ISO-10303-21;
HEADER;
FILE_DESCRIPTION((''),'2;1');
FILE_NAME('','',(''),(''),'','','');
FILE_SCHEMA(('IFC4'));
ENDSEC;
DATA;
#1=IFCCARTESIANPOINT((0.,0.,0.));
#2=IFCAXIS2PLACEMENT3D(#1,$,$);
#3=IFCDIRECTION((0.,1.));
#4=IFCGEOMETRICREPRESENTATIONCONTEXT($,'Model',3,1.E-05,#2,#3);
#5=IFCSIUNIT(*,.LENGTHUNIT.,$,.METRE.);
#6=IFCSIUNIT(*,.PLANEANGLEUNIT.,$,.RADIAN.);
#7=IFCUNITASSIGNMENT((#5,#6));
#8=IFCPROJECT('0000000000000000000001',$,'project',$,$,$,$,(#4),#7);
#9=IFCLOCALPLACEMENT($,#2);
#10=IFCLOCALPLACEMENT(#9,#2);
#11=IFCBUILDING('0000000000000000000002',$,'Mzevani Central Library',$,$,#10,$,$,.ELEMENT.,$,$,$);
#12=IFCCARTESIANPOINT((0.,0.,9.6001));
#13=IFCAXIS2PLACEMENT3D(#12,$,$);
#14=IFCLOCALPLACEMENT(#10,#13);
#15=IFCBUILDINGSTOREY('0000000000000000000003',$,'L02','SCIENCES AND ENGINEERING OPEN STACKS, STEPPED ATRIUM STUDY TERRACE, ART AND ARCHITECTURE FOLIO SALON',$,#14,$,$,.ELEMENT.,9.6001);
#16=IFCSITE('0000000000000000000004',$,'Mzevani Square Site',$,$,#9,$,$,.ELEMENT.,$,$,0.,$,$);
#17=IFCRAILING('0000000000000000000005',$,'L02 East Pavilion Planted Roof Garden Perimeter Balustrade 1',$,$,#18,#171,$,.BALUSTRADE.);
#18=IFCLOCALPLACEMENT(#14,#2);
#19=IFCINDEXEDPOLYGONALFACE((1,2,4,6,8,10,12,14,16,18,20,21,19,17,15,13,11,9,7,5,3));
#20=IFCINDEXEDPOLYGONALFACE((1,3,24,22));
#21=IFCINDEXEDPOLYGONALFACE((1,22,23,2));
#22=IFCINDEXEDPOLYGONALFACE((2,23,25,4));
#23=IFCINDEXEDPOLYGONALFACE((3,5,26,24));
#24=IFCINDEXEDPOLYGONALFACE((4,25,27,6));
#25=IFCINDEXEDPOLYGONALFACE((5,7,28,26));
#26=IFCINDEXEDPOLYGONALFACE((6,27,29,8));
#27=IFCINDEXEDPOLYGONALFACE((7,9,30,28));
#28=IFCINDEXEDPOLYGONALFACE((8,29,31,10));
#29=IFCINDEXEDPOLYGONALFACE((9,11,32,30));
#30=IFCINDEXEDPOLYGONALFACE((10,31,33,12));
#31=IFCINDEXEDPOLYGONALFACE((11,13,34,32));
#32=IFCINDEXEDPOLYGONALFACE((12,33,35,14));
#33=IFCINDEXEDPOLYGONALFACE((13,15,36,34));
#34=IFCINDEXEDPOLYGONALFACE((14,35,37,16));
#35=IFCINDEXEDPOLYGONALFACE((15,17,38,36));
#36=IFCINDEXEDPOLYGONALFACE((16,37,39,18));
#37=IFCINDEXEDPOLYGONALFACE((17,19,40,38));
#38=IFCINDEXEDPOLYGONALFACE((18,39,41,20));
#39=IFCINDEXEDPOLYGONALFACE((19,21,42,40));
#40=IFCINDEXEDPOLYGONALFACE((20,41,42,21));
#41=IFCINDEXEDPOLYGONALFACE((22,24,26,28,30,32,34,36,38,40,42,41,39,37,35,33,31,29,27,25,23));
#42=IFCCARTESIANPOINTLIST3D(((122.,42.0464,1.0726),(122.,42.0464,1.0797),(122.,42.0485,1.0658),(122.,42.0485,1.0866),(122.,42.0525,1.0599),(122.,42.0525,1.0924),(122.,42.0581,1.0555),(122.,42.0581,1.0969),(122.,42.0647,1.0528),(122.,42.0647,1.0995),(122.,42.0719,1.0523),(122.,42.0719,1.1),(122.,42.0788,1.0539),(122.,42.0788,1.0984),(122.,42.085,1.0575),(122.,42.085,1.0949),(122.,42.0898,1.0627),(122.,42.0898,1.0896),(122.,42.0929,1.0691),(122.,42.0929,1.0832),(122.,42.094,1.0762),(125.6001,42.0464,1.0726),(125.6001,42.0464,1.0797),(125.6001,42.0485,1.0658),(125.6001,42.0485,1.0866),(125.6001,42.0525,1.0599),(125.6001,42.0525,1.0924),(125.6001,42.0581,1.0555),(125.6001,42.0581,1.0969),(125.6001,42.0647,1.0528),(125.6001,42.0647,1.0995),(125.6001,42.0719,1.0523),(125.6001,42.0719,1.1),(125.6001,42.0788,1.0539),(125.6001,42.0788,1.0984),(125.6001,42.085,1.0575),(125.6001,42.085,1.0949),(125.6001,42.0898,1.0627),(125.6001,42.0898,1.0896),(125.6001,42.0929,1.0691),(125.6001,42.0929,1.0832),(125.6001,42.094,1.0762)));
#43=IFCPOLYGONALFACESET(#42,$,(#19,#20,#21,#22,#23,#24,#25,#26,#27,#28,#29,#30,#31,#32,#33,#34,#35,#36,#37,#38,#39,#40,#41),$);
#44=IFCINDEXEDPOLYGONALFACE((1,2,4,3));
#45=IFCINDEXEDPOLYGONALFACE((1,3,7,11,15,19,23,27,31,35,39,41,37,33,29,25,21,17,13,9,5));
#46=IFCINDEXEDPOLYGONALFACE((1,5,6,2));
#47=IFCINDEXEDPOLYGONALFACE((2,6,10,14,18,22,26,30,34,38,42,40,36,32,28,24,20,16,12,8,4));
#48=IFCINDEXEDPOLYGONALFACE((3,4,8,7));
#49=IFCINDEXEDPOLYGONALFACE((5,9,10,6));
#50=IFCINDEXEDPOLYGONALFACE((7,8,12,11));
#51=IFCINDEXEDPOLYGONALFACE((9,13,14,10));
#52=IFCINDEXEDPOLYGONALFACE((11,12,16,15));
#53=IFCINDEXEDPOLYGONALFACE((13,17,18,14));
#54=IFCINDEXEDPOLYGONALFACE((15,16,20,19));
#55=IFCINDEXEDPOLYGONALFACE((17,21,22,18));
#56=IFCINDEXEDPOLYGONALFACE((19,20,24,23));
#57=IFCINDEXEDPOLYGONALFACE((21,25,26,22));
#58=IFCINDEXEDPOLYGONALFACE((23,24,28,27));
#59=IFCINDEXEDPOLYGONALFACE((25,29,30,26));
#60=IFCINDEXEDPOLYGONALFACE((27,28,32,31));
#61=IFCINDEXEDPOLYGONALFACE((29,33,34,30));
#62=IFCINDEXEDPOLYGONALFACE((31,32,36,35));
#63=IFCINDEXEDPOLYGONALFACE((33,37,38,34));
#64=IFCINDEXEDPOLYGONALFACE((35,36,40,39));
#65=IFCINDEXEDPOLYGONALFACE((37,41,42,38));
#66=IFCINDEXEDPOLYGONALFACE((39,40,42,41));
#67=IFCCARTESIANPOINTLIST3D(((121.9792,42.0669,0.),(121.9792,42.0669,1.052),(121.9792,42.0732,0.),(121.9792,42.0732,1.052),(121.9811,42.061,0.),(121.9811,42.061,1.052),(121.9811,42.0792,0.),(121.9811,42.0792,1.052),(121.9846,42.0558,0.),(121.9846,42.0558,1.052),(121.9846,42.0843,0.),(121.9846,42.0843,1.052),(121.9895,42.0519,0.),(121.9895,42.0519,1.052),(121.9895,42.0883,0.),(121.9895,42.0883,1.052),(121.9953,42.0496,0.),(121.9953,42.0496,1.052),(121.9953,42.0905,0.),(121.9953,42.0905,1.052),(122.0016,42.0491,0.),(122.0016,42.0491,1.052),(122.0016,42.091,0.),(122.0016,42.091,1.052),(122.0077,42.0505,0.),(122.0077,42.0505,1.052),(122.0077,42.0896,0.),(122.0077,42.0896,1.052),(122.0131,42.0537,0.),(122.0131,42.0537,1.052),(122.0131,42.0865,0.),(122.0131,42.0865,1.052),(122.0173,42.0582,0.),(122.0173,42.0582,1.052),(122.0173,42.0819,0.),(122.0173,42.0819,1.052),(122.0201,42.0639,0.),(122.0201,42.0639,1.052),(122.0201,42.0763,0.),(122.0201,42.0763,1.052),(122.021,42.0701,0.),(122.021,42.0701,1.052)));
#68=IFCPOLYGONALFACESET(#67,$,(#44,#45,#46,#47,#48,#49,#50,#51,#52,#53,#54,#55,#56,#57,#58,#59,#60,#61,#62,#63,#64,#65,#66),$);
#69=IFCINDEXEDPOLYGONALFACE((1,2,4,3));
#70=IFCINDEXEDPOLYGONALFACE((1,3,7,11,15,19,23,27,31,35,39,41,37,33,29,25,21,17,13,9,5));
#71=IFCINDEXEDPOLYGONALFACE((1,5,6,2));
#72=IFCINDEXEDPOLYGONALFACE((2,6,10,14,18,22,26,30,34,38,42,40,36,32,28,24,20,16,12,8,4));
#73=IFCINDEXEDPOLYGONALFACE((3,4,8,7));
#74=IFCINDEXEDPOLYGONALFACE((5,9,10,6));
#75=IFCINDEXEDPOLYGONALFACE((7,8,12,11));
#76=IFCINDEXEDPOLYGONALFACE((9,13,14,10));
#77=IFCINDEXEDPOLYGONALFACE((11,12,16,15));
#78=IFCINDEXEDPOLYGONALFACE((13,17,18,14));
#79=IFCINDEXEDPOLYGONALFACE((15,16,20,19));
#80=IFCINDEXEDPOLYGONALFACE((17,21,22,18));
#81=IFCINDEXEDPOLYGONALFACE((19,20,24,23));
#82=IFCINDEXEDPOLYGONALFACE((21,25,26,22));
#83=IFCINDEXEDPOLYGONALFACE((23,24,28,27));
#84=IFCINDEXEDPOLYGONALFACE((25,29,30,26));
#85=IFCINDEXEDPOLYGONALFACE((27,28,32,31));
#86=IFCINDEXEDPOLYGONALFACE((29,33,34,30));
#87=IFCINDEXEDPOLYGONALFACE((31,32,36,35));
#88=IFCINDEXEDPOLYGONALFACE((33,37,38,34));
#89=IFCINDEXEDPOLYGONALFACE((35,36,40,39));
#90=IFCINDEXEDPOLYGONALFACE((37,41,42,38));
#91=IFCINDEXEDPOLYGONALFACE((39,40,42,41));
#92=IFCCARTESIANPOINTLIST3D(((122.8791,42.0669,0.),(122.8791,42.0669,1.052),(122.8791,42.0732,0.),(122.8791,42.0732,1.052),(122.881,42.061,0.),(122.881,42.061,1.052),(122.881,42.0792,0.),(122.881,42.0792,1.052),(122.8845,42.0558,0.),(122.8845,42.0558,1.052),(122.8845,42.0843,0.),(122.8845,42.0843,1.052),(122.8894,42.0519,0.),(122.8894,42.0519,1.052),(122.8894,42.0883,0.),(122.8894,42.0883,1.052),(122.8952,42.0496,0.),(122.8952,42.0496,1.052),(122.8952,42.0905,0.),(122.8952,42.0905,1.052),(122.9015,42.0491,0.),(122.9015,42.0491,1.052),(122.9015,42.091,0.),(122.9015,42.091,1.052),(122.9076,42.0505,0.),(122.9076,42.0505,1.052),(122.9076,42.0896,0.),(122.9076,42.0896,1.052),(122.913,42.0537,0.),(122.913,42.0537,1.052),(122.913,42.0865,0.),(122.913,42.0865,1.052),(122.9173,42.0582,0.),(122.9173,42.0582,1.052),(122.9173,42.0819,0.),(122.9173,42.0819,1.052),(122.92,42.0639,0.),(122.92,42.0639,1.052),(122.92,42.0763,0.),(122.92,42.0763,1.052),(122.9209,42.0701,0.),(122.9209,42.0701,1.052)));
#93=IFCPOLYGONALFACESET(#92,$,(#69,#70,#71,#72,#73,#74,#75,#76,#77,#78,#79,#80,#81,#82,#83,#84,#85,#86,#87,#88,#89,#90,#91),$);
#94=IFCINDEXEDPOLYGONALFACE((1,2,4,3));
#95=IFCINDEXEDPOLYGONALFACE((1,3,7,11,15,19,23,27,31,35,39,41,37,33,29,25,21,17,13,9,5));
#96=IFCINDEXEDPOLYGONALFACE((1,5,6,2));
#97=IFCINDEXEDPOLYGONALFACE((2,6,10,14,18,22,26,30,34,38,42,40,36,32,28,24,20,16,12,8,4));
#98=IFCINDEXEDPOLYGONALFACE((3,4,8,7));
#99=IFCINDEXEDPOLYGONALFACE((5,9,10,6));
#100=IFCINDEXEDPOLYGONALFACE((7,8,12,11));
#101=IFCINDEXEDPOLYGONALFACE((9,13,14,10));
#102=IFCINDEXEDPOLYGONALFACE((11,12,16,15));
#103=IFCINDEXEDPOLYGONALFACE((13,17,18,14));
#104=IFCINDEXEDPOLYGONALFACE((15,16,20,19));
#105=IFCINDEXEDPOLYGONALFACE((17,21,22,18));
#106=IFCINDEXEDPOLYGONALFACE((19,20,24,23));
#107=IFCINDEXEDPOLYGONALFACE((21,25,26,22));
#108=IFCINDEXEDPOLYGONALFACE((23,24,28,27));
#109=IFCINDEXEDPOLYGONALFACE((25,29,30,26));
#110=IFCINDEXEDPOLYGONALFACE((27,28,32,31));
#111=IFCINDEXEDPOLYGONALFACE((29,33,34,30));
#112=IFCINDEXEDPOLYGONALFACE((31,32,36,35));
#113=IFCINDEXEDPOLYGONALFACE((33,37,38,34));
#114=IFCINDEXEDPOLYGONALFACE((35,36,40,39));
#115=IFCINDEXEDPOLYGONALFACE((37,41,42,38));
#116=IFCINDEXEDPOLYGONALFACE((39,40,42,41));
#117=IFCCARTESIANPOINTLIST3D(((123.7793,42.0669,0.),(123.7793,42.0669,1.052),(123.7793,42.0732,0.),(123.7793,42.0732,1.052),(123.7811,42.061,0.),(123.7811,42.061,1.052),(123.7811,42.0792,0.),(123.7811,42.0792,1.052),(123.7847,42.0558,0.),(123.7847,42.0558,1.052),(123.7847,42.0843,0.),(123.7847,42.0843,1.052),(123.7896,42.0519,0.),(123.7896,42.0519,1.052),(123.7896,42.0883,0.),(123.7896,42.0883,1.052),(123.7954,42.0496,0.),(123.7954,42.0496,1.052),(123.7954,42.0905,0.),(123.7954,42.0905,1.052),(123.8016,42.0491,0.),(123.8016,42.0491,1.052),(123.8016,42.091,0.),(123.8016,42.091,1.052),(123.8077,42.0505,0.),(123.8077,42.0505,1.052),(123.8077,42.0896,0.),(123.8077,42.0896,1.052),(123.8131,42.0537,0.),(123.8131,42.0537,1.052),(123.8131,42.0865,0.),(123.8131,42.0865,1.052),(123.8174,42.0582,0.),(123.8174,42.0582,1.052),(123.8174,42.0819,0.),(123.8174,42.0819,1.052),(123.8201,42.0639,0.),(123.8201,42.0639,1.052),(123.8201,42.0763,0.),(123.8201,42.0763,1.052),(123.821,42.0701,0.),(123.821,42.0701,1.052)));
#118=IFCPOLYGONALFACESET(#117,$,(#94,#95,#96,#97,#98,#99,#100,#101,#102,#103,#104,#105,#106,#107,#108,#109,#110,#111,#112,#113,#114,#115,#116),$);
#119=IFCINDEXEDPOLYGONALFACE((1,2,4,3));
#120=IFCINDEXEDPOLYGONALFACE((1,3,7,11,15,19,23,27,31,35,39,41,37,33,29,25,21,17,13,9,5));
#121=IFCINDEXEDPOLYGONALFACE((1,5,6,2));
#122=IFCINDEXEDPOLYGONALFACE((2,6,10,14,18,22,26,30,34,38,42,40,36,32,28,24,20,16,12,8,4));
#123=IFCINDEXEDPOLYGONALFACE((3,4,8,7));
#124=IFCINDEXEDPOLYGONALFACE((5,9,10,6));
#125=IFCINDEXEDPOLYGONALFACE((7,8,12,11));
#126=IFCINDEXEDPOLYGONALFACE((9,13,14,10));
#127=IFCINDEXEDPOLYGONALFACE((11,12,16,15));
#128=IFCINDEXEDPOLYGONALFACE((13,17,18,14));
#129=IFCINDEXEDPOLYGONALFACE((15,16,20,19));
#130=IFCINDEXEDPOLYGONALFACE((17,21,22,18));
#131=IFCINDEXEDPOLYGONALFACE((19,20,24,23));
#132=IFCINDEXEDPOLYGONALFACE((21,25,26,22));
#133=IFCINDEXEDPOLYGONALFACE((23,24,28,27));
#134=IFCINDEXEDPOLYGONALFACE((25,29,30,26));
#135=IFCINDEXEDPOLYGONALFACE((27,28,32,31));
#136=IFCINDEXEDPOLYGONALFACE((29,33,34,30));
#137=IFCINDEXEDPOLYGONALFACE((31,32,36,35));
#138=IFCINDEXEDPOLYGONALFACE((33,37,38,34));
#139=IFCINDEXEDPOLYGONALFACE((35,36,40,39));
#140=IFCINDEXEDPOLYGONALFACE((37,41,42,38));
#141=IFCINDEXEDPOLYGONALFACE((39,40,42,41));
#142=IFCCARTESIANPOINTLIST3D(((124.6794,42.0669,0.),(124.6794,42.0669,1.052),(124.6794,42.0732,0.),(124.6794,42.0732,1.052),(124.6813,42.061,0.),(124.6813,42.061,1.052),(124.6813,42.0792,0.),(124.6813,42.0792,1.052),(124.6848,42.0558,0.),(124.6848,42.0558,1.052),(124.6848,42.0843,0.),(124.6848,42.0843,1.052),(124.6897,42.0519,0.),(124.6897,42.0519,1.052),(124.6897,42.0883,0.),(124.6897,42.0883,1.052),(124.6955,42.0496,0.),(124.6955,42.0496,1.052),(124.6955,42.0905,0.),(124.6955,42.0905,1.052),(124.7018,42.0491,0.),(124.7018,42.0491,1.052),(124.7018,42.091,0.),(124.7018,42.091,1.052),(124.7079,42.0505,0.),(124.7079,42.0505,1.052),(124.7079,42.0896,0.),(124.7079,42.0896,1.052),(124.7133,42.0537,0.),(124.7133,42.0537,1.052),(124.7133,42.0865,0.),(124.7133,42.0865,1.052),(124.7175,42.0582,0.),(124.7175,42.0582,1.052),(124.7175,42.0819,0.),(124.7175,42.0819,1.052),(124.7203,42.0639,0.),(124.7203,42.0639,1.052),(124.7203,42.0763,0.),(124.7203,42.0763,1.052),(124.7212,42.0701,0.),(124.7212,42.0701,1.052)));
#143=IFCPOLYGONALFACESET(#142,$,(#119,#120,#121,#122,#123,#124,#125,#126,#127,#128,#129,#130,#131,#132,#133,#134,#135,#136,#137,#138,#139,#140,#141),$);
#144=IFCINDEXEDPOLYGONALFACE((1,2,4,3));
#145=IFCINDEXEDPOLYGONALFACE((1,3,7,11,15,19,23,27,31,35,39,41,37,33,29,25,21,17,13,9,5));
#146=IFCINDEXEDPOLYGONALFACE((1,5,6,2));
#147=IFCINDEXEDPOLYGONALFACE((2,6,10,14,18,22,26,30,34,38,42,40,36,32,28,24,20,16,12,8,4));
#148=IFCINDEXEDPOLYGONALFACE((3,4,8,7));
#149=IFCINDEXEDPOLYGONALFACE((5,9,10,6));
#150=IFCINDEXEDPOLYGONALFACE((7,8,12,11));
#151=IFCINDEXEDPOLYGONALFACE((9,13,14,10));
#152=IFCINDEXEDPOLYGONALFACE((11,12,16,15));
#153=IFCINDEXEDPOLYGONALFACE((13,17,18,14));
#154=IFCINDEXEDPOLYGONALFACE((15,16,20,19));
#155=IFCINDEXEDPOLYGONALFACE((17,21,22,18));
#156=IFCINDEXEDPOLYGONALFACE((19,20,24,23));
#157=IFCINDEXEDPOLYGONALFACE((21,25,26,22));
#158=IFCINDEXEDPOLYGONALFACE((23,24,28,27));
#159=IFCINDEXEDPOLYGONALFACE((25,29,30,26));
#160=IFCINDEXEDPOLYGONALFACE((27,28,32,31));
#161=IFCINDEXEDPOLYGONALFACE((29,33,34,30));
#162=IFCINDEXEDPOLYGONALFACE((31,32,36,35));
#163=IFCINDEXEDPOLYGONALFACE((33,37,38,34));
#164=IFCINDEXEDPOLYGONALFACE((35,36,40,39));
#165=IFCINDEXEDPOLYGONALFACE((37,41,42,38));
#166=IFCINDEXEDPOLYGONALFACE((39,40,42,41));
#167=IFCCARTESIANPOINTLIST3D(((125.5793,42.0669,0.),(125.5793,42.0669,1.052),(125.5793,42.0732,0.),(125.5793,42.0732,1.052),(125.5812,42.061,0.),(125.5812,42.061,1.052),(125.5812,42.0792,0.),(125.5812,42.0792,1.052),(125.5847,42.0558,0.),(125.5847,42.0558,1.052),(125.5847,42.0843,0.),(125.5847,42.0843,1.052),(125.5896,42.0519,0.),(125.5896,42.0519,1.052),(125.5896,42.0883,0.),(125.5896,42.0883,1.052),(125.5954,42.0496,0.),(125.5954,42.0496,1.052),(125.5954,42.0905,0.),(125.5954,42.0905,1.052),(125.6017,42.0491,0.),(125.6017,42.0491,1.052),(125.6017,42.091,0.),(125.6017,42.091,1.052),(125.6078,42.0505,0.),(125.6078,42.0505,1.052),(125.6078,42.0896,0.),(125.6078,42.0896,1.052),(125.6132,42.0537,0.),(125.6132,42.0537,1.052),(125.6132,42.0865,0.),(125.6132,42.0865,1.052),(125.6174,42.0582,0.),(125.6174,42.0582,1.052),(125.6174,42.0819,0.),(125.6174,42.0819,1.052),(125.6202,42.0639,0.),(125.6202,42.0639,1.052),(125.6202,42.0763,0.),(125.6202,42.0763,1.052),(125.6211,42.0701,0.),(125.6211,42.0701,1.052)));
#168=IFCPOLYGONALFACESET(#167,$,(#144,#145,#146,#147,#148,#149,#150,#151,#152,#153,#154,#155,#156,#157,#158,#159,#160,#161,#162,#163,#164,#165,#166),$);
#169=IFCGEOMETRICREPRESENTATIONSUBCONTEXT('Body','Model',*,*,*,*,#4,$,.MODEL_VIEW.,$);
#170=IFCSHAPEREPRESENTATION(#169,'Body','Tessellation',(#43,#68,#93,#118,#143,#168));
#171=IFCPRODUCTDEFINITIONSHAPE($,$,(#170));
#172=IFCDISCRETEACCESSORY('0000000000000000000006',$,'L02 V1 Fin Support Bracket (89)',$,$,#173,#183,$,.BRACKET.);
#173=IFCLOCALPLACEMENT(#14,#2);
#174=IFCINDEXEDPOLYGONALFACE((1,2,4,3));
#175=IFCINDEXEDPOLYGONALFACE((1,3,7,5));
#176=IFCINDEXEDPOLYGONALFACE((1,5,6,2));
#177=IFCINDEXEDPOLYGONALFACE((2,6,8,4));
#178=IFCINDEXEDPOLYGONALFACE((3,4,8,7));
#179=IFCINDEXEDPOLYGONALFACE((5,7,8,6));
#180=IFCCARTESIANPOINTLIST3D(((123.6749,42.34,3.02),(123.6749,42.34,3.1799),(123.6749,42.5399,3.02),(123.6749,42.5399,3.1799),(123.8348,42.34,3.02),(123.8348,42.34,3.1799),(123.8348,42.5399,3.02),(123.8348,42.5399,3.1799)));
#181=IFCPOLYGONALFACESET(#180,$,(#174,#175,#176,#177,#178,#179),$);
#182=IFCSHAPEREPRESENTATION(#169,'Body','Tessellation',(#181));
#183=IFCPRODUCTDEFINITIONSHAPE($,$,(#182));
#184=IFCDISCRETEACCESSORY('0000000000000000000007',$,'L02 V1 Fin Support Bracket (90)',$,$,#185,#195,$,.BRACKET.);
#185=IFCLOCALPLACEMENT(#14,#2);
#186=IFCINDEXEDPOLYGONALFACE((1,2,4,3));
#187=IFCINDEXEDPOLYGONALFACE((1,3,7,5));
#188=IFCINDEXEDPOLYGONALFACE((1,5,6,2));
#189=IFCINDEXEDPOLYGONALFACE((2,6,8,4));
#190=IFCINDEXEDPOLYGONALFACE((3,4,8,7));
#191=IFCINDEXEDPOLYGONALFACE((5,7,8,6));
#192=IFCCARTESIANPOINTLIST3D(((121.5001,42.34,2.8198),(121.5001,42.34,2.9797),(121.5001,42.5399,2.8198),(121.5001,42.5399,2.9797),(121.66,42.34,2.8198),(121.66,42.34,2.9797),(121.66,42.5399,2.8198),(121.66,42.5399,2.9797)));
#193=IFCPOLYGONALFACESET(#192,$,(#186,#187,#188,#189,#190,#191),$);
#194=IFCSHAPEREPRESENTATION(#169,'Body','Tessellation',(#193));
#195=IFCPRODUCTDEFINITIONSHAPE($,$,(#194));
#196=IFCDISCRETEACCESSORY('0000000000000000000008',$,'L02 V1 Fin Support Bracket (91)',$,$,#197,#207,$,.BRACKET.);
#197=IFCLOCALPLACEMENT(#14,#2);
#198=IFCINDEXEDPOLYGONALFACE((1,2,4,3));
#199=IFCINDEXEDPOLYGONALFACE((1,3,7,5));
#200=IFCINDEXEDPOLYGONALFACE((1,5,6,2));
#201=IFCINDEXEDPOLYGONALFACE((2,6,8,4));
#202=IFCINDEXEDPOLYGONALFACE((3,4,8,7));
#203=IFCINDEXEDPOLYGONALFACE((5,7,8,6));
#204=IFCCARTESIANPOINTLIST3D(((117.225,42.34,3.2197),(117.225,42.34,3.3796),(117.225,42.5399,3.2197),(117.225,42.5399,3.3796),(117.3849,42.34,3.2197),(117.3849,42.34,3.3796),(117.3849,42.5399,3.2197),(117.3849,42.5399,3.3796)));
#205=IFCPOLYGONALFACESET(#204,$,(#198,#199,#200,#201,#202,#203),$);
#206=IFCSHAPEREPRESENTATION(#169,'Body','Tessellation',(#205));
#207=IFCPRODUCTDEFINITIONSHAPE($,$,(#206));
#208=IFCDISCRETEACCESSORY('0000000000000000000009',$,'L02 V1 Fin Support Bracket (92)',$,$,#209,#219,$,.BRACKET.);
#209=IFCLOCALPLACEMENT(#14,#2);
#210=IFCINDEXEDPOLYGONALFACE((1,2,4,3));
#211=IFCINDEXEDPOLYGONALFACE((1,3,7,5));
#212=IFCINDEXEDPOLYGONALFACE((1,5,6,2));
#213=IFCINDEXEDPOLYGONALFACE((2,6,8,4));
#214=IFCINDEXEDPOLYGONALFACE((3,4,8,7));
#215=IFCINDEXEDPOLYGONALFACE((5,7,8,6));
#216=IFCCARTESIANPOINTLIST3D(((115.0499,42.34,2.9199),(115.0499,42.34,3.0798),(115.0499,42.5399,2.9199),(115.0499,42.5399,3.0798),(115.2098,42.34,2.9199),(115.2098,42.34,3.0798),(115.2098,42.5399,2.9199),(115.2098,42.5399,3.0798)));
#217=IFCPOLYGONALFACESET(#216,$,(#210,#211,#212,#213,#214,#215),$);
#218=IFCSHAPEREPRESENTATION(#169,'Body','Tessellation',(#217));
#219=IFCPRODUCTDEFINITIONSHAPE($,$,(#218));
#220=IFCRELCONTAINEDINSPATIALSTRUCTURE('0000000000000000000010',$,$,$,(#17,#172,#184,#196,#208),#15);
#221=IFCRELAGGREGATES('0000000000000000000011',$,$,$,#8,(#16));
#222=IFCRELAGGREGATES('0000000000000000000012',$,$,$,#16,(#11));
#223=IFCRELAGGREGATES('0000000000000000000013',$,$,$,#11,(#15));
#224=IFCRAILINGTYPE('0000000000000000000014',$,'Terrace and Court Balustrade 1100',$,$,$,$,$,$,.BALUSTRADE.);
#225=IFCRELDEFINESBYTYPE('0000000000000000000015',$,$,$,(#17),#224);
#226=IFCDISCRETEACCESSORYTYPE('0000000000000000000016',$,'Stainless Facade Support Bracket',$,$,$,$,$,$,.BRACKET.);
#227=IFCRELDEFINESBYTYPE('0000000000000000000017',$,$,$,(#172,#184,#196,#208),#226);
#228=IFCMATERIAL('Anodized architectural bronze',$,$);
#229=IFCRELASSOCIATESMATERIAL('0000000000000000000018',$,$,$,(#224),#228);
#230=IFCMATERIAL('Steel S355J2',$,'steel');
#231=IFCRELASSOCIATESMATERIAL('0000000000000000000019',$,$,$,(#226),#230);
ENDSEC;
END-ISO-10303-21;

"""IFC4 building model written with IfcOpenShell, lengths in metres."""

from ifc_helpers import new_model, si_unit, direction, frame, origin, origin_2d, place, context, subcontext, project, spatial, rectangle, circle, extrude, material, type_object, element, save


model = new_model("IFC4")

# Units and contexts
model_context = context("Model", 3, precision=1e-05, world=origin(), true_north=direction((0.0, 1.0)))
body_context = subcontext(model_context, "Body", "Model", "MODEL_VIEW")
ifc_project = project(units=[si_unit("LENGTHUNIT", "METRE"), si_unit("PLANEANGLEUNIT", "RADIAN")], contexts=[model_context])

# Site, building, storey
site_placement = place(None, origin())
site = spatial("IfcSite", under=ifc_project, at=site_placement, Name="Mzevani Square Site", CompositionType="ELEMENT", RefElevation=0.0)
building_placement = place(site_placement, origin())
building = spatial("IfcBuilding", under=site, at=building_placement, Name="Mzevani Central Library", CompositionType="ELEMENT")
storey_placement = place(building_placement, frame((0.0, 0.0, 9.6001)))
storey = spatial("IfcBuildingStorey", under=building, at=storey_placement, Name="L02", Description="SCIENCES AND ENGINEERING OPEN STACKS, STEPPED ATRIUM STUDY TERRACE, ART AND ARCHITECTURE FOLIO SALON", CompositionType="ELEMENT", Elevation=9.6001)

# Shared definitions
ifc_material_1 = material(Name="Anodized architectural bronze")

# Railing
railing_type = type_object("IfcRailingType", Name="Terrace and Court Balustrade 1100", PredefinedType="BALUSTRADE", material=ifc_material_1)
railing_1_placement = place(storey_placement, frame((122.0, 42.0701, 0.0)))
element("IfcRailing", 1, at=railing_1_placement, inside=storey, type_object=railing_type, Name="L02 East Pavilion Planted Roof Garden Perimeter Balustrade 1", PredefinedType="BALUSTRADE", context=body_context, shape_type="SweptSolid", body=[
    extrude(circle(Radius=0.0239, at=origin_2d()), frame((0.0, 0.0, 1.0762), z_axis=(1.0, 0.0, 0.0), x_axis=(0.0, 1.0, 0.0)), (0.0, 0.0, 1.0), 3.6001),
    extrude(circle(Radius=0.021, at=origin_2d()), origin(), (0.0, 0.0, 1.0), 1.052),
    extrude(circle(Radius=0.021, at=origin_2d()), frame((0.8999, 0.0, 0.0)), (0.0, 0.0, 1.0), 1.052),
    extrude(circle(Radius=0.021, at=origin_2d()), frame((1.8, 0.0, 0.0)), (0.0, 0.0, 1.0), 1.052),
    extrude(circle(Radius=0.021, at=origin_2d()), frame((2.7002, 0.0, 0.0)), (0.0, 0.0, 1.0), 1.052),
    extrude(circle(Radius=0.021, at=origin_2d()), frame((3.6001, 0.0, 0.0)), (0.0, 0.0, 1.0), 1.052),
])

# Discrete accessories
ifc_material_2 = material(Name="Steel S355J2", Category="steel")
discrete_accessory_type = type_object("IfcDiscreteAccessoryType", Name="Stainless Facade Support Bracket", PredefinedType="BRACKET", material=ifc_material_2)
for number, where, z_axis, x_axis, name in (
    (2, (123.7549, 42.4399, 3.02), (0.0, 0.0, 1.0), (-1.0, 0.0, 0.0), "L02 V1 Fin Support Bracket (89)"),
    (3, (121.5801, 42.4399, 2.8198), (0.0, 0.0, 1.0), (-1.0, 0.0, 0.0), "L02 V1 Fin Support Bracket (90)"),
    (4, (117.3049, 42.4399, 3.2197), (0.0, 0.0, 1.0), (-1.0, 0.0, 0.0), "L02 V1 Fin Support Bracket (91)"),
    (5, (115.1299, 42.4399, 2.9199), (0.0, 0.0, 1.0), (-1.0, 0.0, 0.0), "L02 V1 Fin Support Bracket (92)"),
):
    element("IfcDiscreteAccessory", number, at=place(storey_placement, frame(where, z_axis=z_axis, x_axis=x_axis)), inside=storey, type_object=discrete_accessory_type, Name=name, PredefinedType="BRACKET", context=body_context, shape_type="SweptSolid", body=[
        extrude(rectangle(XDim=0.1599, YDim=0.2, at=origin_2d()), origin(), (0.0, 0.0, 1.0), 0.1599),
    ])

save(model, "model.ifc")
